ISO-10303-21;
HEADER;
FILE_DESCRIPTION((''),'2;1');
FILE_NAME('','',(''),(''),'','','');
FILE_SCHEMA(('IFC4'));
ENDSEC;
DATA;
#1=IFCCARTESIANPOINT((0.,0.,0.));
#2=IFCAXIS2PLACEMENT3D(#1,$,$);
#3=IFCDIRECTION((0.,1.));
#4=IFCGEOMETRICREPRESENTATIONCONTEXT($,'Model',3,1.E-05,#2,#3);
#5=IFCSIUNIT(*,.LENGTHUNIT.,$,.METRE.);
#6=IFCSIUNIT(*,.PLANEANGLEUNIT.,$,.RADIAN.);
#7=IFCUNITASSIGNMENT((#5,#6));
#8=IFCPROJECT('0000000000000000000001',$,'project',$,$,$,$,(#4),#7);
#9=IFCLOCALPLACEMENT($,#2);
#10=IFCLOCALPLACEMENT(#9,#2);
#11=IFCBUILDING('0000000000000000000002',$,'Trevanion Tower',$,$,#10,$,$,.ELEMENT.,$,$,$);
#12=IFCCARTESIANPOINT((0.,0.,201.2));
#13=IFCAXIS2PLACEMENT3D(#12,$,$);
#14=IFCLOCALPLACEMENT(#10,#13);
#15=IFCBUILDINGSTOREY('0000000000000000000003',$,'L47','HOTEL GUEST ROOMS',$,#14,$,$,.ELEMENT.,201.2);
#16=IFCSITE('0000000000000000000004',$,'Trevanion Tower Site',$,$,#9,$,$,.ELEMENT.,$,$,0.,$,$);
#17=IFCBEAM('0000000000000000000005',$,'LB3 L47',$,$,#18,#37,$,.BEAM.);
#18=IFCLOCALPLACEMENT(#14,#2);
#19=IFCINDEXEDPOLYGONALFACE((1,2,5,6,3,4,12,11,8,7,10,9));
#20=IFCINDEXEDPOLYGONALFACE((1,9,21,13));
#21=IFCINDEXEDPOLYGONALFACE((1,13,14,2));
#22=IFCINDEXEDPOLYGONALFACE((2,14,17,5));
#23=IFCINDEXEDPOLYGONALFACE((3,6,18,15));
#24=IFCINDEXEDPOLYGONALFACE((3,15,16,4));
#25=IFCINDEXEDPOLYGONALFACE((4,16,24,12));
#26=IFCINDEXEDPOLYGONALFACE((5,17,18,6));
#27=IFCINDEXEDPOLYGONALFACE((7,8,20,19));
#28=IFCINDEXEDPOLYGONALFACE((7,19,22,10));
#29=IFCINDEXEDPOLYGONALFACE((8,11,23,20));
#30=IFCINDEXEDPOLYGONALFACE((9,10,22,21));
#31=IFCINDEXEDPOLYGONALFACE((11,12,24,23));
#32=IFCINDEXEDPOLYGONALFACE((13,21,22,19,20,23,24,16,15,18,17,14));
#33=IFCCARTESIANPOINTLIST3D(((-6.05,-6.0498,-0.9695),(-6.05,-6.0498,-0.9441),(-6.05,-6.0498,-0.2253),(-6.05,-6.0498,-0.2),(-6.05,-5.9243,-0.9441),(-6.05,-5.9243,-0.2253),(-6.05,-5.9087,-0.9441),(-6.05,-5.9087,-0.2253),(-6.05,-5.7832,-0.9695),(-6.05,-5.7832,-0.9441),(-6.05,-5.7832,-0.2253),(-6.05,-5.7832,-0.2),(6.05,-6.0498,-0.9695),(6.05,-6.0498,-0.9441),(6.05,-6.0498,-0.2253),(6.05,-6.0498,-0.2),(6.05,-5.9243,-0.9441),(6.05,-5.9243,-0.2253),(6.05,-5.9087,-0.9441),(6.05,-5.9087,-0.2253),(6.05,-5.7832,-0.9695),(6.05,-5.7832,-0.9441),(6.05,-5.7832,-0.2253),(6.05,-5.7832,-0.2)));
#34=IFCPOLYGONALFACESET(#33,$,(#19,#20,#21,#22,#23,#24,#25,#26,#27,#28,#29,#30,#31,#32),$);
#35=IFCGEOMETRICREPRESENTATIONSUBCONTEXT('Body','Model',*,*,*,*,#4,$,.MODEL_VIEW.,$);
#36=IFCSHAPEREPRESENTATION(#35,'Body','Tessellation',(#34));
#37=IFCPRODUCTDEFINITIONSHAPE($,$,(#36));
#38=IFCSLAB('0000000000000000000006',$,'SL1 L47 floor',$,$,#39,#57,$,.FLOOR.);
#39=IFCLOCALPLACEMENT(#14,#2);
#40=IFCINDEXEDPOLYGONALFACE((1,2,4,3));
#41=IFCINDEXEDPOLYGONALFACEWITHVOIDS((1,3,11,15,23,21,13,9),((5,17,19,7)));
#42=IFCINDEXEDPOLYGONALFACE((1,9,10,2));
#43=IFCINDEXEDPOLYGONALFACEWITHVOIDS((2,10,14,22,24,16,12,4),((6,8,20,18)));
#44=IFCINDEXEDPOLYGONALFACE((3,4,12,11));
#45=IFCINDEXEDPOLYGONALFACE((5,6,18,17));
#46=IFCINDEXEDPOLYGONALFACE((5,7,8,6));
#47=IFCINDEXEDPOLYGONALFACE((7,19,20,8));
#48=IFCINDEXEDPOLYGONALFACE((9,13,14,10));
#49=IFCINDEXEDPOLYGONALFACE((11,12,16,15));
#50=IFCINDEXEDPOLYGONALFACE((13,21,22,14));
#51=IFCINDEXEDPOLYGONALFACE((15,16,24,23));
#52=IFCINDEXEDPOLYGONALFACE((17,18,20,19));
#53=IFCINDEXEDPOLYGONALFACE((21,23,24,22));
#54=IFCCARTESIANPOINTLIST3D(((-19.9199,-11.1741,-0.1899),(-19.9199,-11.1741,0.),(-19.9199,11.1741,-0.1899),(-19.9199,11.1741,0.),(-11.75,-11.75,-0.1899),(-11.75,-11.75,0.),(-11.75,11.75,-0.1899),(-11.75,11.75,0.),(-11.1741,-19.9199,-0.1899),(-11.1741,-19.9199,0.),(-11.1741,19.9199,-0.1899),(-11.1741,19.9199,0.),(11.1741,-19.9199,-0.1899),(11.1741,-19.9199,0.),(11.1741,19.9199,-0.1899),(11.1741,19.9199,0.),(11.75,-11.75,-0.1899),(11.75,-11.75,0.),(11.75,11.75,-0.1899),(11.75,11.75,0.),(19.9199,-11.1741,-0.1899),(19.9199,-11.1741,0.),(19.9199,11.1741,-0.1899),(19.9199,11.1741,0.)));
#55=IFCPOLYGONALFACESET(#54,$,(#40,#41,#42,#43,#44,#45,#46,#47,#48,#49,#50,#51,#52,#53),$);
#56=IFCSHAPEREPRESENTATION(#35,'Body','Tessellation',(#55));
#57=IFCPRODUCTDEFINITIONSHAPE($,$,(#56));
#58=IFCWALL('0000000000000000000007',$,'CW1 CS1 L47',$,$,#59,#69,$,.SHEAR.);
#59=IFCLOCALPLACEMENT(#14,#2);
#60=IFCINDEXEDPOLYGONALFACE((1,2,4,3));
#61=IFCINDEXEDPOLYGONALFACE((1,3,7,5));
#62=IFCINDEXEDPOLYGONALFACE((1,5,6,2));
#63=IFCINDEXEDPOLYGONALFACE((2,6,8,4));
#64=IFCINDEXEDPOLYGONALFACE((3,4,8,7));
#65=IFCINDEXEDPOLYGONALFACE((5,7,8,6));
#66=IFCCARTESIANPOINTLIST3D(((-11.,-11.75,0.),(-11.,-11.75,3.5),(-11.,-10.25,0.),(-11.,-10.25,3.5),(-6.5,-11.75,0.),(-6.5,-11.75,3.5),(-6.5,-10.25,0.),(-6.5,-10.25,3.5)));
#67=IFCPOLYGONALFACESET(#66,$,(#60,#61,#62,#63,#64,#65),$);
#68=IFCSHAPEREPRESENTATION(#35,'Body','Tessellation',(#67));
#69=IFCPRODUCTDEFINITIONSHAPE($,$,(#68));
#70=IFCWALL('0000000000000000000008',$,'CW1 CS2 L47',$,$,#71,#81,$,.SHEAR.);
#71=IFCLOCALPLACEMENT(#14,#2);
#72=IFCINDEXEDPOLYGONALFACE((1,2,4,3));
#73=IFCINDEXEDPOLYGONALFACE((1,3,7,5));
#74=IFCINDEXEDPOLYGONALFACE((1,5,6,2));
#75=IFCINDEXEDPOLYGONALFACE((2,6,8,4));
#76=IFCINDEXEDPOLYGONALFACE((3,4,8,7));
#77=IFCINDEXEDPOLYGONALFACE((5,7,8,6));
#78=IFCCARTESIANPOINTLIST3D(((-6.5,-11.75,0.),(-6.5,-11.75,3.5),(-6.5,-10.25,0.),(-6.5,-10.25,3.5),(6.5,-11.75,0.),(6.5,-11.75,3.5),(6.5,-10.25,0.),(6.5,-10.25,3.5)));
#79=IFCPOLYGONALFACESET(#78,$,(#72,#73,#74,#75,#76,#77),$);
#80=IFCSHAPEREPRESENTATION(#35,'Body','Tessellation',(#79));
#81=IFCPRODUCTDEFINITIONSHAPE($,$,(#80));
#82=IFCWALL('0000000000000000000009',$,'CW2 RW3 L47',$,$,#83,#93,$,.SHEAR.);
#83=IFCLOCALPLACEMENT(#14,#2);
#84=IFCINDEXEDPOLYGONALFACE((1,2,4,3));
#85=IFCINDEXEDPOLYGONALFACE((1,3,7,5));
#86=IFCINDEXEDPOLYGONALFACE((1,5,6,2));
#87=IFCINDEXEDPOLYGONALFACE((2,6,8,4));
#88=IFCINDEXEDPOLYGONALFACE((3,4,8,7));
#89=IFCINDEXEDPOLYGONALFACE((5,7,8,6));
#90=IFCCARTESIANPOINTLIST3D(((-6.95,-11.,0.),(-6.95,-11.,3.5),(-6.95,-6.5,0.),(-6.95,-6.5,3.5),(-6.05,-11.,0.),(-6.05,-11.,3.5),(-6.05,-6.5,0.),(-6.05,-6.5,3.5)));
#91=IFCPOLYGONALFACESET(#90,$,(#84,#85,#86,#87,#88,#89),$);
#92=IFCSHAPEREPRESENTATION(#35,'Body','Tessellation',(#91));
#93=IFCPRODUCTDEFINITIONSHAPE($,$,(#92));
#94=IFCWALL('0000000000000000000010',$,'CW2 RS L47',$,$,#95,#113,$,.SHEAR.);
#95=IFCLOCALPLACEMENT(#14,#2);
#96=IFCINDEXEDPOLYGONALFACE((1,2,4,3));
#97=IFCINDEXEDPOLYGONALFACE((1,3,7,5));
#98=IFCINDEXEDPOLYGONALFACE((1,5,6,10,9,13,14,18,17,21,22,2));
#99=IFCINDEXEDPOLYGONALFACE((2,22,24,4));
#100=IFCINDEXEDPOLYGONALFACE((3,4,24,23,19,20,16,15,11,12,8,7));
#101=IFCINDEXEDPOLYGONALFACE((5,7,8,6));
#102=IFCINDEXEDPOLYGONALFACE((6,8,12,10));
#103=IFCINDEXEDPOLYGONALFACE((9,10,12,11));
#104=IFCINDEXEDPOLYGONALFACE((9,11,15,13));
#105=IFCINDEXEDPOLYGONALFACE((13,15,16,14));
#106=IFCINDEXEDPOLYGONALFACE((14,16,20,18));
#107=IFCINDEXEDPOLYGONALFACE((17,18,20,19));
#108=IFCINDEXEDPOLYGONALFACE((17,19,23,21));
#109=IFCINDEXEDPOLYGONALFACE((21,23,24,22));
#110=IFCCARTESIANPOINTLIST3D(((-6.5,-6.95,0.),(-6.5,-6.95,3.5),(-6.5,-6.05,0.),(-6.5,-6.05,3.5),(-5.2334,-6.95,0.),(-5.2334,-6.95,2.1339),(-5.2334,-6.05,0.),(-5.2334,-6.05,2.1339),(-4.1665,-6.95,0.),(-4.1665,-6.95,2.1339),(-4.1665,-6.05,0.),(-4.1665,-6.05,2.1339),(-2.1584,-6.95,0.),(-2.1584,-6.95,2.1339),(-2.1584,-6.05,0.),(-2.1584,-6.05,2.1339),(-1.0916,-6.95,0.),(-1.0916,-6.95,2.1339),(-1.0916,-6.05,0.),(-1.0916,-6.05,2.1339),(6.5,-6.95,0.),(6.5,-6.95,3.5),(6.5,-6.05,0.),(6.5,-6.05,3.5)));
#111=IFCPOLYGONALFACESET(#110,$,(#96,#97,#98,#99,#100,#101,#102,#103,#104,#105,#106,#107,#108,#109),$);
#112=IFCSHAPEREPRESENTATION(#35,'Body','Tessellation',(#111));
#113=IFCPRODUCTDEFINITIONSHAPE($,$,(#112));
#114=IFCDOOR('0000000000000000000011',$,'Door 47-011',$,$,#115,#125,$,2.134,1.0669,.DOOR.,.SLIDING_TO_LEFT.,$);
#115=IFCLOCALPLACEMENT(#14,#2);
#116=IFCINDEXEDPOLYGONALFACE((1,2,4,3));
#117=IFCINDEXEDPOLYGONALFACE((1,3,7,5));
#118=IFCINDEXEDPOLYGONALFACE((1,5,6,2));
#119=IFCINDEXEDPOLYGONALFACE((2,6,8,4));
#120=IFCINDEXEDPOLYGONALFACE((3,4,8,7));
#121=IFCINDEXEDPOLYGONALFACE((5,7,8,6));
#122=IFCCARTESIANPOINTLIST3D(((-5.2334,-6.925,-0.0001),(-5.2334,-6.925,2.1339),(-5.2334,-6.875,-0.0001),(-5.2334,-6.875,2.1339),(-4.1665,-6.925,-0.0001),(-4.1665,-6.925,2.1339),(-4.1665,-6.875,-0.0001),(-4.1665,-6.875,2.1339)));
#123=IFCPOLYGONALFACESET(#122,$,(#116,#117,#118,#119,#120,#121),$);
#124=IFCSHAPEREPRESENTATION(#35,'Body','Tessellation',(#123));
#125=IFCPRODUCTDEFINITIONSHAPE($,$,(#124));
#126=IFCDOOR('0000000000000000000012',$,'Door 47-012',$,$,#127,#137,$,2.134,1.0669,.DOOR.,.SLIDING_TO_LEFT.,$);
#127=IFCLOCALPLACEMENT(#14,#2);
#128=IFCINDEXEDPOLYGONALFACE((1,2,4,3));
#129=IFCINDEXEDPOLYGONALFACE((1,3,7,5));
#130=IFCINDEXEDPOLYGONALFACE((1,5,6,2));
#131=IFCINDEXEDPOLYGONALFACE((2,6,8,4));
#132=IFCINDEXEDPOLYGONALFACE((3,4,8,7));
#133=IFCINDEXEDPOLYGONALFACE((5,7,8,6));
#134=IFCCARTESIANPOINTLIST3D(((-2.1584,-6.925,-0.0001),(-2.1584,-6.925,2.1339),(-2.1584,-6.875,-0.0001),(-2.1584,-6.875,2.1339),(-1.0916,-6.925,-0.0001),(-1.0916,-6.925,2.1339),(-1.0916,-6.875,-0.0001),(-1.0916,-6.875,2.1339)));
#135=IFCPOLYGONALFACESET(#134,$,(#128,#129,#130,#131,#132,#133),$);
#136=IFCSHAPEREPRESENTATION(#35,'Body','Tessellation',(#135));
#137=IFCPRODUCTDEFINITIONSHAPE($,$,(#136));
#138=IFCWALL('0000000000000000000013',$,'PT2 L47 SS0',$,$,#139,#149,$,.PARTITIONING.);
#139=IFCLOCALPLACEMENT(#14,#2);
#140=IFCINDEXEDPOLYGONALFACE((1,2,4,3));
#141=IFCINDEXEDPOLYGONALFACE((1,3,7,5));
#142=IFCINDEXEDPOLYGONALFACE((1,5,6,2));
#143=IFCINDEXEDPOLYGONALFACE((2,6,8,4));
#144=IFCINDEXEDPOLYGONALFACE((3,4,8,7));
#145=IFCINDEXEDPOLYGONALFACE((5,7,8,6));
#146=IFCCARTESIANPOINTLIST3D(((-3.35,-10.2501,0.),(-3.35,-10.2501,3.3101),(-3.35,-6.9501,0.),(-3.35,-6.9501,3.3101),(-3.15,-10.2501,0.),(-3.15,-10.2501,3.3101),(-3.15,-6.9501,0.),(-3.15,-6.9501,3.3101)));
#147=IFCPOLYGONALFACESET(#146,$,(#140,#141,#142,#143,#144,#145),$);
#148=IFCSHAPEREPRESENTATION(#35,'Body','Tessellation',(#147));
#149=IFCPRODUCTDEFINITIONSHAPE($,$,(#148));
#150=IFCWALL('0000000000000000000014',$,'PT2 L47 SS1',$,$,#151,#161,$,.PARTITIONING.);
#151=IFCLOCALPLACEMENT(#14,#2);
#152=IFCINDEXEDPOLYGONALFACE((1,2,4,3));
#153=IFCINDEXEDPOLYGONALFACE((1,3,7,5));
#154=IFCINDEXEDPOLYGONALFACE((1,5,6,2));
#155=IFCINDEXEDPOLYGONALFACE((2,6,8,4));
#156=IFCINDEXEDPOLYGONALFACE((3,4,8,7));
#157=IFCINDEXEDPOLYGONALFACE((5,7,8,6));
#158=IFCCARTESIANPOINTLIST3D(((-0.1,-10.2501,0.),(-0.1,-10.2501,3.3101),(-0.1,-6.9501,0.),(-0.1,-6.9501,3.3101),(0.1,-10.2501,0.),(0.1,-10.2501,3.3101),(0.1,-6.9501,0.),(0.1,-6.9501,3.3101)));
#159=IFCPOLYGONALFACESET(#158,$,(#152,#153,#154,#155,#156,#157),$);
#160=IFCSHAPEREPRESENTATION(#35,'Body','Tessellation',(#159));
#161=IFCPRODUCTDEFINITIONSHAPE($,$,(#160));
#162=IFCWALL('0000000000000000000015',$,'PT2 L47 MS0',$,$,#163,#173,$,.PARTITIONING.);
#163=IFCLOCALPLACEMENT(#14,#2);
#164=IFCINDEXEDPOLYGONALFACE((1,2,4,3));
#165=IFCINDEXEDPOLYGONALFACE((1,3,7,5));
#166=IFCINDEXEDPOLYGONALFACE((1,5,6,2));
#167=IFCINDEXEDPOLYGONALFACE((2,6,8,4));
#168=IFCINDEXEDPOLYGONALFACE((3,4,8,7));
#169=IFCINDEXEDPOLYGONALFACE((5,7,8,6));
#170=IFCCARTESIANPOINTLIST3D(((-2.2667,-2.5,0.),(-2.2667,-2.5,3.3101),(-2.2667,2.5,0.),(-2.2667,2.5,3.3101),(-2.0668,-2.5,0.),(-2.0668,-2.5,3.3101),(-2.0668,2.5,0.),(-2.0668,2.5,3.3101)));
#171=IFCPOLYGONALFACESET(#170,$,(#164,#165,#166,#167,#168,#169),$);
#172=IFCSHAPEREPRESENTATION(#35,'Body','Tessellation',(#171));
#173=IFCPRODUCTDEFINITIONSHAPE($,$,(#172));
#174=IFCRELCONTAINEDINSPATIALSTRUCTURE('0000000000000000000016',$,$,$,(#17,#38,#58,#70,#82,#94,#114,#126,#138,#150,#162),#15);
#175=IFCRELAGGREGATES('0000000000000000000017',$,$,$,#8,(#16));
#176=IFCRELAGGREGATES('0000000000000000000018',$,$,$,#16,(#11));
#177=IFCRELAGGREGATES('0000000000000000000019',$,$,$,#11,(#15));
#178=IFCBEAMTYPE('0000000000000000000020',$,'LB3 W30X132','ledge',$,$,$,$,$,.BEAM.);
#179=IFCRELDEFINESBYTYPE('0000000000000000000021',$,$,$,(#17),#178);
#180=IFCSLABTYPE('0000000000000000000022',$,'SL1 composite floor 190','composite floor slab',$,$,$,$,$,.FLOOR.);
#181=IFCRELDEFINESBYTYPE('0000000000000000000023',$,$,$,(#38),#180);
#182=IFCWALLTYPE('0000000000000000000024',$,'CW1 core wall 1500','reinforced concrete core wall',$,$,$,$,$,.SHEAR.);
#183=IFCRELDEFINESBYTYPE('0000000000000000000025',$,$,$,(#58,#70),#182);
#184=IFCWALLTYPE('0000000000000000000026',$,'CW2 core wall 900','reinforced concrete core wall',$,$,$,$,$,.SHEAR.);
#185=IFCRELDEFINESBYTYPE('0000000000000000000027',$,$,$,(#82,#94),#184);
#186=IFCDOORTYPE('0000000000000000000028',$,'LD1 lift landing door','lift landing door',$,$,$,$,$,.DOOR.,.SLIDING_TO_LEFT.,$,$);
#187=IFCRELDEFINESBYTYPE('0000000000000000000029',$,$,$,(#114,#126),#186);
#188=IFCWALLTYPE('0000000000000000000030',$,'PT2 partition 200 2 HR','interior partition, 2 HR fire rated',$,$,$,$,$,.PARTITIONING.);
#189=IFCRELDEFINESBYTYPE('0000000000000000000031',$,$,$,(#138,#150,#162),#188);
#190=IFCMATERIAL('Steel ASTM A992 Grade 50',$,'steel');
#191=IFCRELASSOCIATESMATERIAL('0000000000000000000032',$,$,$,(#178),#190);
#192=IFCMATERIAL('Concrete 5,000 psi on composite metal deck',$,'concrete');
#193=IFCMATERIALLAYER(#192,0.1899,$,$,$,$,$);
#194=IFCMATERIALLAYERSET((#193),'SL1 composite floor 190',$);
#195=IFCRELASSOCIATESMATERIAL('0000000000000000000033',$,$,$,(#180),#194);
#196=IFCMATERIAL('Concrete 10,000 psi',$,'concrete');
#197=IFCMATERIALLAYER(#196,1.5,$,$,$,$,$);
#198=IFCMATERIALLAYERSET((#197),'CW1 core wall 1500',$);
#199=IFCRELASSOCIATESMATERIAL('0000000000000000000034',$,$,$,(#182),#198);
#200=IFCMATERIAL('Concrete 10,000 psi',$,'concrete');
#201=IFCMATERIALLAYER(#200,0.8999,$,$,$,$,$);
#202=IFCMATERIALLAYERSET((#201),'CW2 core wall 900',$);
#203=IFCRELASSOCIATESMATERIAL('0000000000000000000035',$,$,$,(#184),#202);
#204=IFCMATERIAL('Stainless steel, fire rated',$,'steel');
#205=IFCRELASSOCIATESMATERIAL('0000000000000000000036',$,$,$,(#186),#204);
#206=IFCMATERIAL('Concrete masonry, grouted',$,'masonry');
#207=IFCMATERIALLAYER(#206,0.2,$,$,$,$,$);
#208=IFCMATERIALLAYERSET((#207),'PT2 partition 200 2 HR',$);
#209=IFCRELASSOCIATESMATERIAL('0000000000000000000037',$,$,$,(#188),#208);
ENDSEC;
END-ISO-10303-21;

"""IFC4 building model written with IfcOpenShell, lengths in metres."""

from ifc_helpers import new_model, si_unit, direction, frame, frame_2d, origin, origin_2d, place, context, subcontext, project, spatial, polyline, rectangle, i_section, outline, extrude, material, layer, layer_set, material_profile, profile_set, type_object, element, fill, save


model = new_model("IFC4")

# Units and contexts
model_context = context("Model", 3, precision=1e-05, world=origin(), true_north=direction((0.0, 1.0)))
body_context = subcontext(model_context, "Body", "Model", "MODEL_VIEW")
ifc_project = project(units=[si_unit("LENGTHUNIT", "METRE"), si_unit("PLANEANGLEUNIT", "RADIAN")], contexts=[model_context])

# Site, building, storey
site_placement = place(None, origin())
site = spatial("IfcSite", under=ifc_project, at=site_placement, Name="Trevanion Tower Site", CompositionType="ELEMENT", RefElevation=0.0)
building_placement = place(site_placement, origin())
building = spatial("IfcBuilding", under=site, at=building_placement, Name="Trevanion Tower", CompositionType="ELEMENT")
storey_placement = place(building_placement, frame((0.0, 0.0, 201.2)))
storey = spatial("IfcBuildingStorey", under=building, at=storey_placement, Name="L47", Description="HOTEL GUEST ROOMS", CompositionType="ELEMENT", Elevation=201.2)

# Beam
ifc_material_1 = material(Name="Steel ASTM A992 Grade 50", Category="steel")
ifc_material_profile_1 = material_profile(ifc_material_1, i_section(OverallWidth=0.2666, OverallDepth=0.7695, WebThickness=0.0156, FlangeThickness=0.0254, at=origin_2d()), Name="W30X132")
ifc_profile_set_1 = profile_set([ifc_material_profile_1], Name="Steel ASTM A992 Grade 50")
beam_type_1 = type_object("IfcBeamType", Name="LB3 W30X132", Description="ledge", PredefinedType="BEAM", material=ifc_profile_set_1)
beam_1_placement = place(storey_placement, frame((-6.05, -5.9165, -0.5847), z_axis=(1.0, 0.0, 0.0), x_axis=(0.0, 1.0, 0.0)))
element("IfcBeam", 1, at=beam_1_placement, inside=storey, type_object=beam_type_1, Name="LB3 L47", PredefinedType="BEAM", context=body_context, shape_type="SweptSolid", body=[
    extrude(i_section(OverallWidth=0.2666, OverallDepth=0.7695, WebThickness=0.0156, FlangeThickness=0.0254, at=origin_2d()), origin(), (0.0, 0.0, 1.0), 12.1001),
])

# Slab
ifc_material_2 = material(Name="Concrete 5,000 psi on composite metal deck", Category="concrete")
ifc_layer_1 = layer(ifc_material_2, 0.1899)
ifc_layer_set_1 = layer_set([ifc_layer_1], Name="SL1 composite floor 190")
slab_type = type_object("IfcSlabType", Name="SL1 composite floor 190", Description="composite floor slab", PredefinedType="FLOOR", material=ifc_layer_set_1)
slab_placement = place(storey_placement, frame((0.0, 0.0, -0.1899)))
element("IfcSlab", 2, at=slab_placement, inside=storey, type_object=slab_type, Name="SL1 L47 floor", PredefinedType="FLOOR", context=body_context, shape_type="SweptSolid", body=[
    extrude(outline(polyline([(19.9199, -11.1741), (19.9199, 11.1741), (11.1741, 19.9199), (-11.1741, 19.9199), (-19.9199, 11.1741), (-19.9199, -11.1741), (-11.1741, -19.9199), (11.1741, -19.9199), (19.9199, -11.1741)]), holes=[polyline([(11.75, -11.75), (11.75, 11.75), (-11.75, 11.75), (-11.75, -11.75), (11.75, -11.75)])]), origin(), (0.0, 0.0, 1.0), 0.1899),
])

# Walls
ifc_material_3 = material(Name="Concrete 10,000 psi", Category="concrete")
ifc_layer_2 = layer(ifc_material_3, 1.5)
ifc_layer_set_2 = layer_set([ifc_layer_2], Name="CW1 core wall 1500")
wall_type_1 = type_object("IfcWallType", Name="CW1 core wall 1500", Description="reinforced concrete core wall", PredefinedType="SHEAR", material=ifc_layer_set_2)
wall_1_placement = place(storey_placement, frame((-11.0, -11.0, 0.0), z_axis=(0.0, 0.0, 1.0), x_axis=(1.0, 0.0, 0.0)))
element("IfcWall", 3, at=wall_1_placement, inside=storey, type_object=wall_type_1, Name="CW1 CS1 L47", PredefinedType="SHEAR", context=body_context, shape_type="SweptSolid", body=[
    extrude(rectangle(XDim=4.5, YDim=1.5, at=frame_2d((2.25, 0.0))), origin(), (0.0, 0.0, 1.0), 3.5),
])
wall_2_placement = place(storey_placement, frame((-6.5, -11.0, 0.0), z_axis=(0.0, 0.0, 1.0), x_axis=(1.0, 0.0, 0.0)))
element("IfcWall", 4, at=wall_2_placement, inside=storey, type_object=wall_type_1, Name="CW1 CS2 L47", PredefinedType="SHEAR", context=body_context, shape_type="SweptSolid", body=[
    extrude(rectangle(XDim=13.0, YDim=1.5, at=frame_2d((6.5, 0.0))), origin(), (0.0, 0.0, 1.0), 3.5),
])
ifc_material_4 = material(Name="Concrete 10,000 psi", Category="concrete")
ifc_layer_3 = layer(ifc_material_4, 0.8999)
ifc_layer_set_3 = layer_set([ifc_layer_3], Name="CW2 core wall 900")
wall_type_2 = type_object("IfcWallType", Name="CW2 core wall 900", Description="reinforced concrete core wall", PredefinedType="SHEAR", material=ifc_layer_set_3)
wall_3_placement = place(storey_placement, frame((-6.5, -6.5, 0.0), z_axis=(0.0, 0.0, 1.0), x_axis=(0.0, -1.0, 0.0)))
element("IfcWall", 5, at=wall_3_placement, inside=storey, type_object=wall_type_2, Name="CW2 RW3 L47", PredefinedType="SHEAR", context=body_context, shape_type="SweptSolid", body=[
    extrude(rectangle(XDim=4.5, YDim=0.8999, at=frame_2d((2.25, 0.0))), origin(), (0.0, 0.0, 1.0), 3.5),
])

# Wall, openings, doors
wall_4_placement = place(storey_placement, frame((-6.5, -6.5, 0.0), z_axis=(0.0, 0.0, 1.0), x_axis=(1.0, 0.0, 0.0)))
wall_4 = element("IfcWall", 6, at=wall_4_placement, inside=storey, type_object=wall_type_2, Name="CW2 RS L47", PredefinedType="SHEAR", context=body_context, shape_type="SweptSolid", body=[
    extrude(rectangle(XDim=13.0, YDim=0.8999, at=frame_2d((6.5, 0.0))), origin(), (0.0, 0.0, 1.0), 3.5),
])
opening_1_placement = place(wall_4_placement, frame((1.2666, 0.0, 0.0)))
opening_1 = element("IfcOpeningElement", 7, at=opening_1_placement, cuts=wall_4, PredefinedType="OPENING", context=body_context, shape_type="SweptSolid", body=[
    extrude(rectangle(XDim=1.0669, YDim=2.134, at=frame_2d((0.5334, 1.0669))), frame((0.0, 0.46, 0.0), z_axis=(0.0, -1.0, 0.0), x_axis=(1.0, 0.0, 0.0)), (0.0, 0.0, 1.0), 0.9199),
])
opening_2_placement = place(wall_4_placement, frame((4.3416, 0.0, 0.0)))
opening_2 = element("IfcOpeningElement", 8, at=opening_2_placement, cuts=wall_4, PredefinedType="OPENING", context=body_context, shape_type="SweptSolid", body=[
    extrude(rectangle(XDim=1.0669, YDim=2.134, at=frame_2d((0.5334, 1.0669))), frame((0.0, 0.46, 0.0), z_axis=(0.0, -1.0, 0.0), x_axis=(1.0, 0.0, 0.0)), (0.0, 0.0, 1.0), 0.9199),
])
ifc_material_5 = material(Name="Stainless steel, fire rated", Category="steel")
door_type_1 = type_object("IfcDoorType", Name="LD1 lift landing door", Description="lift landing door", OperationType="SLIDING_TO_LEFT", PredefinedType="DOOR", material=ifc_material_5)
door_1_placement = place(opening_1_placement, origin())
door_1 = element("IfcDoor", 9, at=door_1_placement, inside=storey, type_object=door_type_1, Name="Door 47-011", OperationType="SLIDING_TO_LEFT", OverallHeight=2.134, OverallWidth=1.0669, PredefinedType="DOOR", context=body_context, shape_type="SweptSolid", body=[
    extrude(rectangle(XDim=1.0669, YDim=2.134, at=frame_2d((0.5334, 1.0669))), frame((0.0, -0.375, 0.0), z_axis=(0.0, -1.0, 0.0), x_axis=(1.0, 0.0, 0.0)), (0.0, 0.0, 1.0), 0.05),
])
fill(opening_1, door_1)
door_2_placement = place(opening_2_placement, origin())
door_2 = element("IfcDoor", 10, at=door_2_placement, inside=storey, type_object=door_type_1, Name="Door 47-012", OperationType="SLIDING_TO_LEFT", OverallHeight=2.134, OverallWidth=1.0669, PredefinedType="DOOR", context=body_context, shape_type="SweptSolid", body=[
    extrude(rectangle(XDim=1.0669, YDim=2.134, at=frame_2d((0.5334, 1.0669))), frame((0.0, -0.375, 0.0), z_axis=(0.0, -1.0, 0.0), x_axis=(1.0, 0.0, 0.0)), (0.0, 0.0, 1.0), 0.05),
])
fill(opening_2, door_2)

# Walls
ifc_material_6 = material(Name="Concrete masonry, grouted", Category="masonry")
ifc_layer_4 = layer(ifc_material_6, 0.2)
ifc_layer_set_4 = layer_set([ifc_layer_4], Name="PT2 partition 200 2 HR")
wall_type_3 = type_object("IfcWallType", Name="PT2 partition 200 2 HR", Description="interior partition, 2 HR fire rated", PredefinedType="PARTITIONING", material=ifc_layer_set_4)
for number, where, z_axis, x_axis, name in (
    (11, (-3.25, -10.25, 0.0), (0.0, 0.0, 1.0), (0.0, 1.0, 0.0), "PT2 L47 SS0"),
    (12, (0.0, -10.25, 0.0), (0.0, 0.0, 1.0), (0.0, 1.0, 0.0), "PT2 L47 SS1"),
):
    element("IfcWall", number, at=place(storey_placement, frame(where, z_axis=z_axis, x_axis=x_axis)), inside=storey, type_object=wall_type_3, Name=name, PredefinedType="PARTITIONING", context=body_context, shape_type="SweptSolid", body=[
        extrude(rectangle(XDim=3.3, YDim=0.2, at=frame_2d((1.6499, 0.0))), origin(), (0.0, 0.0, 1.0), 3.3101),
    ])
wall_5_placement = place(storey_placement, frame((-2.1667, -2.5, 0.0), z_axis=(0.0, 0.0, 1.0), x_axis=(0.0, 1.0, 0.0)))
element("IfcWall", 13, at=wall_5_placement, inside=storey, type_object=wall_type_3, Name="PT2 L47 MS0", PredefinedType="PARTITIONING", context=body_context, shape_type="SweptSolid", body=[
    extrude(rectangle(XDim=5.0, YDim=0.2, at=frame_2d((2.5, 0.0))), origin(), (0.0, 0.0, 1.0), 3.3101),
])

save(model, "model.ifc")
